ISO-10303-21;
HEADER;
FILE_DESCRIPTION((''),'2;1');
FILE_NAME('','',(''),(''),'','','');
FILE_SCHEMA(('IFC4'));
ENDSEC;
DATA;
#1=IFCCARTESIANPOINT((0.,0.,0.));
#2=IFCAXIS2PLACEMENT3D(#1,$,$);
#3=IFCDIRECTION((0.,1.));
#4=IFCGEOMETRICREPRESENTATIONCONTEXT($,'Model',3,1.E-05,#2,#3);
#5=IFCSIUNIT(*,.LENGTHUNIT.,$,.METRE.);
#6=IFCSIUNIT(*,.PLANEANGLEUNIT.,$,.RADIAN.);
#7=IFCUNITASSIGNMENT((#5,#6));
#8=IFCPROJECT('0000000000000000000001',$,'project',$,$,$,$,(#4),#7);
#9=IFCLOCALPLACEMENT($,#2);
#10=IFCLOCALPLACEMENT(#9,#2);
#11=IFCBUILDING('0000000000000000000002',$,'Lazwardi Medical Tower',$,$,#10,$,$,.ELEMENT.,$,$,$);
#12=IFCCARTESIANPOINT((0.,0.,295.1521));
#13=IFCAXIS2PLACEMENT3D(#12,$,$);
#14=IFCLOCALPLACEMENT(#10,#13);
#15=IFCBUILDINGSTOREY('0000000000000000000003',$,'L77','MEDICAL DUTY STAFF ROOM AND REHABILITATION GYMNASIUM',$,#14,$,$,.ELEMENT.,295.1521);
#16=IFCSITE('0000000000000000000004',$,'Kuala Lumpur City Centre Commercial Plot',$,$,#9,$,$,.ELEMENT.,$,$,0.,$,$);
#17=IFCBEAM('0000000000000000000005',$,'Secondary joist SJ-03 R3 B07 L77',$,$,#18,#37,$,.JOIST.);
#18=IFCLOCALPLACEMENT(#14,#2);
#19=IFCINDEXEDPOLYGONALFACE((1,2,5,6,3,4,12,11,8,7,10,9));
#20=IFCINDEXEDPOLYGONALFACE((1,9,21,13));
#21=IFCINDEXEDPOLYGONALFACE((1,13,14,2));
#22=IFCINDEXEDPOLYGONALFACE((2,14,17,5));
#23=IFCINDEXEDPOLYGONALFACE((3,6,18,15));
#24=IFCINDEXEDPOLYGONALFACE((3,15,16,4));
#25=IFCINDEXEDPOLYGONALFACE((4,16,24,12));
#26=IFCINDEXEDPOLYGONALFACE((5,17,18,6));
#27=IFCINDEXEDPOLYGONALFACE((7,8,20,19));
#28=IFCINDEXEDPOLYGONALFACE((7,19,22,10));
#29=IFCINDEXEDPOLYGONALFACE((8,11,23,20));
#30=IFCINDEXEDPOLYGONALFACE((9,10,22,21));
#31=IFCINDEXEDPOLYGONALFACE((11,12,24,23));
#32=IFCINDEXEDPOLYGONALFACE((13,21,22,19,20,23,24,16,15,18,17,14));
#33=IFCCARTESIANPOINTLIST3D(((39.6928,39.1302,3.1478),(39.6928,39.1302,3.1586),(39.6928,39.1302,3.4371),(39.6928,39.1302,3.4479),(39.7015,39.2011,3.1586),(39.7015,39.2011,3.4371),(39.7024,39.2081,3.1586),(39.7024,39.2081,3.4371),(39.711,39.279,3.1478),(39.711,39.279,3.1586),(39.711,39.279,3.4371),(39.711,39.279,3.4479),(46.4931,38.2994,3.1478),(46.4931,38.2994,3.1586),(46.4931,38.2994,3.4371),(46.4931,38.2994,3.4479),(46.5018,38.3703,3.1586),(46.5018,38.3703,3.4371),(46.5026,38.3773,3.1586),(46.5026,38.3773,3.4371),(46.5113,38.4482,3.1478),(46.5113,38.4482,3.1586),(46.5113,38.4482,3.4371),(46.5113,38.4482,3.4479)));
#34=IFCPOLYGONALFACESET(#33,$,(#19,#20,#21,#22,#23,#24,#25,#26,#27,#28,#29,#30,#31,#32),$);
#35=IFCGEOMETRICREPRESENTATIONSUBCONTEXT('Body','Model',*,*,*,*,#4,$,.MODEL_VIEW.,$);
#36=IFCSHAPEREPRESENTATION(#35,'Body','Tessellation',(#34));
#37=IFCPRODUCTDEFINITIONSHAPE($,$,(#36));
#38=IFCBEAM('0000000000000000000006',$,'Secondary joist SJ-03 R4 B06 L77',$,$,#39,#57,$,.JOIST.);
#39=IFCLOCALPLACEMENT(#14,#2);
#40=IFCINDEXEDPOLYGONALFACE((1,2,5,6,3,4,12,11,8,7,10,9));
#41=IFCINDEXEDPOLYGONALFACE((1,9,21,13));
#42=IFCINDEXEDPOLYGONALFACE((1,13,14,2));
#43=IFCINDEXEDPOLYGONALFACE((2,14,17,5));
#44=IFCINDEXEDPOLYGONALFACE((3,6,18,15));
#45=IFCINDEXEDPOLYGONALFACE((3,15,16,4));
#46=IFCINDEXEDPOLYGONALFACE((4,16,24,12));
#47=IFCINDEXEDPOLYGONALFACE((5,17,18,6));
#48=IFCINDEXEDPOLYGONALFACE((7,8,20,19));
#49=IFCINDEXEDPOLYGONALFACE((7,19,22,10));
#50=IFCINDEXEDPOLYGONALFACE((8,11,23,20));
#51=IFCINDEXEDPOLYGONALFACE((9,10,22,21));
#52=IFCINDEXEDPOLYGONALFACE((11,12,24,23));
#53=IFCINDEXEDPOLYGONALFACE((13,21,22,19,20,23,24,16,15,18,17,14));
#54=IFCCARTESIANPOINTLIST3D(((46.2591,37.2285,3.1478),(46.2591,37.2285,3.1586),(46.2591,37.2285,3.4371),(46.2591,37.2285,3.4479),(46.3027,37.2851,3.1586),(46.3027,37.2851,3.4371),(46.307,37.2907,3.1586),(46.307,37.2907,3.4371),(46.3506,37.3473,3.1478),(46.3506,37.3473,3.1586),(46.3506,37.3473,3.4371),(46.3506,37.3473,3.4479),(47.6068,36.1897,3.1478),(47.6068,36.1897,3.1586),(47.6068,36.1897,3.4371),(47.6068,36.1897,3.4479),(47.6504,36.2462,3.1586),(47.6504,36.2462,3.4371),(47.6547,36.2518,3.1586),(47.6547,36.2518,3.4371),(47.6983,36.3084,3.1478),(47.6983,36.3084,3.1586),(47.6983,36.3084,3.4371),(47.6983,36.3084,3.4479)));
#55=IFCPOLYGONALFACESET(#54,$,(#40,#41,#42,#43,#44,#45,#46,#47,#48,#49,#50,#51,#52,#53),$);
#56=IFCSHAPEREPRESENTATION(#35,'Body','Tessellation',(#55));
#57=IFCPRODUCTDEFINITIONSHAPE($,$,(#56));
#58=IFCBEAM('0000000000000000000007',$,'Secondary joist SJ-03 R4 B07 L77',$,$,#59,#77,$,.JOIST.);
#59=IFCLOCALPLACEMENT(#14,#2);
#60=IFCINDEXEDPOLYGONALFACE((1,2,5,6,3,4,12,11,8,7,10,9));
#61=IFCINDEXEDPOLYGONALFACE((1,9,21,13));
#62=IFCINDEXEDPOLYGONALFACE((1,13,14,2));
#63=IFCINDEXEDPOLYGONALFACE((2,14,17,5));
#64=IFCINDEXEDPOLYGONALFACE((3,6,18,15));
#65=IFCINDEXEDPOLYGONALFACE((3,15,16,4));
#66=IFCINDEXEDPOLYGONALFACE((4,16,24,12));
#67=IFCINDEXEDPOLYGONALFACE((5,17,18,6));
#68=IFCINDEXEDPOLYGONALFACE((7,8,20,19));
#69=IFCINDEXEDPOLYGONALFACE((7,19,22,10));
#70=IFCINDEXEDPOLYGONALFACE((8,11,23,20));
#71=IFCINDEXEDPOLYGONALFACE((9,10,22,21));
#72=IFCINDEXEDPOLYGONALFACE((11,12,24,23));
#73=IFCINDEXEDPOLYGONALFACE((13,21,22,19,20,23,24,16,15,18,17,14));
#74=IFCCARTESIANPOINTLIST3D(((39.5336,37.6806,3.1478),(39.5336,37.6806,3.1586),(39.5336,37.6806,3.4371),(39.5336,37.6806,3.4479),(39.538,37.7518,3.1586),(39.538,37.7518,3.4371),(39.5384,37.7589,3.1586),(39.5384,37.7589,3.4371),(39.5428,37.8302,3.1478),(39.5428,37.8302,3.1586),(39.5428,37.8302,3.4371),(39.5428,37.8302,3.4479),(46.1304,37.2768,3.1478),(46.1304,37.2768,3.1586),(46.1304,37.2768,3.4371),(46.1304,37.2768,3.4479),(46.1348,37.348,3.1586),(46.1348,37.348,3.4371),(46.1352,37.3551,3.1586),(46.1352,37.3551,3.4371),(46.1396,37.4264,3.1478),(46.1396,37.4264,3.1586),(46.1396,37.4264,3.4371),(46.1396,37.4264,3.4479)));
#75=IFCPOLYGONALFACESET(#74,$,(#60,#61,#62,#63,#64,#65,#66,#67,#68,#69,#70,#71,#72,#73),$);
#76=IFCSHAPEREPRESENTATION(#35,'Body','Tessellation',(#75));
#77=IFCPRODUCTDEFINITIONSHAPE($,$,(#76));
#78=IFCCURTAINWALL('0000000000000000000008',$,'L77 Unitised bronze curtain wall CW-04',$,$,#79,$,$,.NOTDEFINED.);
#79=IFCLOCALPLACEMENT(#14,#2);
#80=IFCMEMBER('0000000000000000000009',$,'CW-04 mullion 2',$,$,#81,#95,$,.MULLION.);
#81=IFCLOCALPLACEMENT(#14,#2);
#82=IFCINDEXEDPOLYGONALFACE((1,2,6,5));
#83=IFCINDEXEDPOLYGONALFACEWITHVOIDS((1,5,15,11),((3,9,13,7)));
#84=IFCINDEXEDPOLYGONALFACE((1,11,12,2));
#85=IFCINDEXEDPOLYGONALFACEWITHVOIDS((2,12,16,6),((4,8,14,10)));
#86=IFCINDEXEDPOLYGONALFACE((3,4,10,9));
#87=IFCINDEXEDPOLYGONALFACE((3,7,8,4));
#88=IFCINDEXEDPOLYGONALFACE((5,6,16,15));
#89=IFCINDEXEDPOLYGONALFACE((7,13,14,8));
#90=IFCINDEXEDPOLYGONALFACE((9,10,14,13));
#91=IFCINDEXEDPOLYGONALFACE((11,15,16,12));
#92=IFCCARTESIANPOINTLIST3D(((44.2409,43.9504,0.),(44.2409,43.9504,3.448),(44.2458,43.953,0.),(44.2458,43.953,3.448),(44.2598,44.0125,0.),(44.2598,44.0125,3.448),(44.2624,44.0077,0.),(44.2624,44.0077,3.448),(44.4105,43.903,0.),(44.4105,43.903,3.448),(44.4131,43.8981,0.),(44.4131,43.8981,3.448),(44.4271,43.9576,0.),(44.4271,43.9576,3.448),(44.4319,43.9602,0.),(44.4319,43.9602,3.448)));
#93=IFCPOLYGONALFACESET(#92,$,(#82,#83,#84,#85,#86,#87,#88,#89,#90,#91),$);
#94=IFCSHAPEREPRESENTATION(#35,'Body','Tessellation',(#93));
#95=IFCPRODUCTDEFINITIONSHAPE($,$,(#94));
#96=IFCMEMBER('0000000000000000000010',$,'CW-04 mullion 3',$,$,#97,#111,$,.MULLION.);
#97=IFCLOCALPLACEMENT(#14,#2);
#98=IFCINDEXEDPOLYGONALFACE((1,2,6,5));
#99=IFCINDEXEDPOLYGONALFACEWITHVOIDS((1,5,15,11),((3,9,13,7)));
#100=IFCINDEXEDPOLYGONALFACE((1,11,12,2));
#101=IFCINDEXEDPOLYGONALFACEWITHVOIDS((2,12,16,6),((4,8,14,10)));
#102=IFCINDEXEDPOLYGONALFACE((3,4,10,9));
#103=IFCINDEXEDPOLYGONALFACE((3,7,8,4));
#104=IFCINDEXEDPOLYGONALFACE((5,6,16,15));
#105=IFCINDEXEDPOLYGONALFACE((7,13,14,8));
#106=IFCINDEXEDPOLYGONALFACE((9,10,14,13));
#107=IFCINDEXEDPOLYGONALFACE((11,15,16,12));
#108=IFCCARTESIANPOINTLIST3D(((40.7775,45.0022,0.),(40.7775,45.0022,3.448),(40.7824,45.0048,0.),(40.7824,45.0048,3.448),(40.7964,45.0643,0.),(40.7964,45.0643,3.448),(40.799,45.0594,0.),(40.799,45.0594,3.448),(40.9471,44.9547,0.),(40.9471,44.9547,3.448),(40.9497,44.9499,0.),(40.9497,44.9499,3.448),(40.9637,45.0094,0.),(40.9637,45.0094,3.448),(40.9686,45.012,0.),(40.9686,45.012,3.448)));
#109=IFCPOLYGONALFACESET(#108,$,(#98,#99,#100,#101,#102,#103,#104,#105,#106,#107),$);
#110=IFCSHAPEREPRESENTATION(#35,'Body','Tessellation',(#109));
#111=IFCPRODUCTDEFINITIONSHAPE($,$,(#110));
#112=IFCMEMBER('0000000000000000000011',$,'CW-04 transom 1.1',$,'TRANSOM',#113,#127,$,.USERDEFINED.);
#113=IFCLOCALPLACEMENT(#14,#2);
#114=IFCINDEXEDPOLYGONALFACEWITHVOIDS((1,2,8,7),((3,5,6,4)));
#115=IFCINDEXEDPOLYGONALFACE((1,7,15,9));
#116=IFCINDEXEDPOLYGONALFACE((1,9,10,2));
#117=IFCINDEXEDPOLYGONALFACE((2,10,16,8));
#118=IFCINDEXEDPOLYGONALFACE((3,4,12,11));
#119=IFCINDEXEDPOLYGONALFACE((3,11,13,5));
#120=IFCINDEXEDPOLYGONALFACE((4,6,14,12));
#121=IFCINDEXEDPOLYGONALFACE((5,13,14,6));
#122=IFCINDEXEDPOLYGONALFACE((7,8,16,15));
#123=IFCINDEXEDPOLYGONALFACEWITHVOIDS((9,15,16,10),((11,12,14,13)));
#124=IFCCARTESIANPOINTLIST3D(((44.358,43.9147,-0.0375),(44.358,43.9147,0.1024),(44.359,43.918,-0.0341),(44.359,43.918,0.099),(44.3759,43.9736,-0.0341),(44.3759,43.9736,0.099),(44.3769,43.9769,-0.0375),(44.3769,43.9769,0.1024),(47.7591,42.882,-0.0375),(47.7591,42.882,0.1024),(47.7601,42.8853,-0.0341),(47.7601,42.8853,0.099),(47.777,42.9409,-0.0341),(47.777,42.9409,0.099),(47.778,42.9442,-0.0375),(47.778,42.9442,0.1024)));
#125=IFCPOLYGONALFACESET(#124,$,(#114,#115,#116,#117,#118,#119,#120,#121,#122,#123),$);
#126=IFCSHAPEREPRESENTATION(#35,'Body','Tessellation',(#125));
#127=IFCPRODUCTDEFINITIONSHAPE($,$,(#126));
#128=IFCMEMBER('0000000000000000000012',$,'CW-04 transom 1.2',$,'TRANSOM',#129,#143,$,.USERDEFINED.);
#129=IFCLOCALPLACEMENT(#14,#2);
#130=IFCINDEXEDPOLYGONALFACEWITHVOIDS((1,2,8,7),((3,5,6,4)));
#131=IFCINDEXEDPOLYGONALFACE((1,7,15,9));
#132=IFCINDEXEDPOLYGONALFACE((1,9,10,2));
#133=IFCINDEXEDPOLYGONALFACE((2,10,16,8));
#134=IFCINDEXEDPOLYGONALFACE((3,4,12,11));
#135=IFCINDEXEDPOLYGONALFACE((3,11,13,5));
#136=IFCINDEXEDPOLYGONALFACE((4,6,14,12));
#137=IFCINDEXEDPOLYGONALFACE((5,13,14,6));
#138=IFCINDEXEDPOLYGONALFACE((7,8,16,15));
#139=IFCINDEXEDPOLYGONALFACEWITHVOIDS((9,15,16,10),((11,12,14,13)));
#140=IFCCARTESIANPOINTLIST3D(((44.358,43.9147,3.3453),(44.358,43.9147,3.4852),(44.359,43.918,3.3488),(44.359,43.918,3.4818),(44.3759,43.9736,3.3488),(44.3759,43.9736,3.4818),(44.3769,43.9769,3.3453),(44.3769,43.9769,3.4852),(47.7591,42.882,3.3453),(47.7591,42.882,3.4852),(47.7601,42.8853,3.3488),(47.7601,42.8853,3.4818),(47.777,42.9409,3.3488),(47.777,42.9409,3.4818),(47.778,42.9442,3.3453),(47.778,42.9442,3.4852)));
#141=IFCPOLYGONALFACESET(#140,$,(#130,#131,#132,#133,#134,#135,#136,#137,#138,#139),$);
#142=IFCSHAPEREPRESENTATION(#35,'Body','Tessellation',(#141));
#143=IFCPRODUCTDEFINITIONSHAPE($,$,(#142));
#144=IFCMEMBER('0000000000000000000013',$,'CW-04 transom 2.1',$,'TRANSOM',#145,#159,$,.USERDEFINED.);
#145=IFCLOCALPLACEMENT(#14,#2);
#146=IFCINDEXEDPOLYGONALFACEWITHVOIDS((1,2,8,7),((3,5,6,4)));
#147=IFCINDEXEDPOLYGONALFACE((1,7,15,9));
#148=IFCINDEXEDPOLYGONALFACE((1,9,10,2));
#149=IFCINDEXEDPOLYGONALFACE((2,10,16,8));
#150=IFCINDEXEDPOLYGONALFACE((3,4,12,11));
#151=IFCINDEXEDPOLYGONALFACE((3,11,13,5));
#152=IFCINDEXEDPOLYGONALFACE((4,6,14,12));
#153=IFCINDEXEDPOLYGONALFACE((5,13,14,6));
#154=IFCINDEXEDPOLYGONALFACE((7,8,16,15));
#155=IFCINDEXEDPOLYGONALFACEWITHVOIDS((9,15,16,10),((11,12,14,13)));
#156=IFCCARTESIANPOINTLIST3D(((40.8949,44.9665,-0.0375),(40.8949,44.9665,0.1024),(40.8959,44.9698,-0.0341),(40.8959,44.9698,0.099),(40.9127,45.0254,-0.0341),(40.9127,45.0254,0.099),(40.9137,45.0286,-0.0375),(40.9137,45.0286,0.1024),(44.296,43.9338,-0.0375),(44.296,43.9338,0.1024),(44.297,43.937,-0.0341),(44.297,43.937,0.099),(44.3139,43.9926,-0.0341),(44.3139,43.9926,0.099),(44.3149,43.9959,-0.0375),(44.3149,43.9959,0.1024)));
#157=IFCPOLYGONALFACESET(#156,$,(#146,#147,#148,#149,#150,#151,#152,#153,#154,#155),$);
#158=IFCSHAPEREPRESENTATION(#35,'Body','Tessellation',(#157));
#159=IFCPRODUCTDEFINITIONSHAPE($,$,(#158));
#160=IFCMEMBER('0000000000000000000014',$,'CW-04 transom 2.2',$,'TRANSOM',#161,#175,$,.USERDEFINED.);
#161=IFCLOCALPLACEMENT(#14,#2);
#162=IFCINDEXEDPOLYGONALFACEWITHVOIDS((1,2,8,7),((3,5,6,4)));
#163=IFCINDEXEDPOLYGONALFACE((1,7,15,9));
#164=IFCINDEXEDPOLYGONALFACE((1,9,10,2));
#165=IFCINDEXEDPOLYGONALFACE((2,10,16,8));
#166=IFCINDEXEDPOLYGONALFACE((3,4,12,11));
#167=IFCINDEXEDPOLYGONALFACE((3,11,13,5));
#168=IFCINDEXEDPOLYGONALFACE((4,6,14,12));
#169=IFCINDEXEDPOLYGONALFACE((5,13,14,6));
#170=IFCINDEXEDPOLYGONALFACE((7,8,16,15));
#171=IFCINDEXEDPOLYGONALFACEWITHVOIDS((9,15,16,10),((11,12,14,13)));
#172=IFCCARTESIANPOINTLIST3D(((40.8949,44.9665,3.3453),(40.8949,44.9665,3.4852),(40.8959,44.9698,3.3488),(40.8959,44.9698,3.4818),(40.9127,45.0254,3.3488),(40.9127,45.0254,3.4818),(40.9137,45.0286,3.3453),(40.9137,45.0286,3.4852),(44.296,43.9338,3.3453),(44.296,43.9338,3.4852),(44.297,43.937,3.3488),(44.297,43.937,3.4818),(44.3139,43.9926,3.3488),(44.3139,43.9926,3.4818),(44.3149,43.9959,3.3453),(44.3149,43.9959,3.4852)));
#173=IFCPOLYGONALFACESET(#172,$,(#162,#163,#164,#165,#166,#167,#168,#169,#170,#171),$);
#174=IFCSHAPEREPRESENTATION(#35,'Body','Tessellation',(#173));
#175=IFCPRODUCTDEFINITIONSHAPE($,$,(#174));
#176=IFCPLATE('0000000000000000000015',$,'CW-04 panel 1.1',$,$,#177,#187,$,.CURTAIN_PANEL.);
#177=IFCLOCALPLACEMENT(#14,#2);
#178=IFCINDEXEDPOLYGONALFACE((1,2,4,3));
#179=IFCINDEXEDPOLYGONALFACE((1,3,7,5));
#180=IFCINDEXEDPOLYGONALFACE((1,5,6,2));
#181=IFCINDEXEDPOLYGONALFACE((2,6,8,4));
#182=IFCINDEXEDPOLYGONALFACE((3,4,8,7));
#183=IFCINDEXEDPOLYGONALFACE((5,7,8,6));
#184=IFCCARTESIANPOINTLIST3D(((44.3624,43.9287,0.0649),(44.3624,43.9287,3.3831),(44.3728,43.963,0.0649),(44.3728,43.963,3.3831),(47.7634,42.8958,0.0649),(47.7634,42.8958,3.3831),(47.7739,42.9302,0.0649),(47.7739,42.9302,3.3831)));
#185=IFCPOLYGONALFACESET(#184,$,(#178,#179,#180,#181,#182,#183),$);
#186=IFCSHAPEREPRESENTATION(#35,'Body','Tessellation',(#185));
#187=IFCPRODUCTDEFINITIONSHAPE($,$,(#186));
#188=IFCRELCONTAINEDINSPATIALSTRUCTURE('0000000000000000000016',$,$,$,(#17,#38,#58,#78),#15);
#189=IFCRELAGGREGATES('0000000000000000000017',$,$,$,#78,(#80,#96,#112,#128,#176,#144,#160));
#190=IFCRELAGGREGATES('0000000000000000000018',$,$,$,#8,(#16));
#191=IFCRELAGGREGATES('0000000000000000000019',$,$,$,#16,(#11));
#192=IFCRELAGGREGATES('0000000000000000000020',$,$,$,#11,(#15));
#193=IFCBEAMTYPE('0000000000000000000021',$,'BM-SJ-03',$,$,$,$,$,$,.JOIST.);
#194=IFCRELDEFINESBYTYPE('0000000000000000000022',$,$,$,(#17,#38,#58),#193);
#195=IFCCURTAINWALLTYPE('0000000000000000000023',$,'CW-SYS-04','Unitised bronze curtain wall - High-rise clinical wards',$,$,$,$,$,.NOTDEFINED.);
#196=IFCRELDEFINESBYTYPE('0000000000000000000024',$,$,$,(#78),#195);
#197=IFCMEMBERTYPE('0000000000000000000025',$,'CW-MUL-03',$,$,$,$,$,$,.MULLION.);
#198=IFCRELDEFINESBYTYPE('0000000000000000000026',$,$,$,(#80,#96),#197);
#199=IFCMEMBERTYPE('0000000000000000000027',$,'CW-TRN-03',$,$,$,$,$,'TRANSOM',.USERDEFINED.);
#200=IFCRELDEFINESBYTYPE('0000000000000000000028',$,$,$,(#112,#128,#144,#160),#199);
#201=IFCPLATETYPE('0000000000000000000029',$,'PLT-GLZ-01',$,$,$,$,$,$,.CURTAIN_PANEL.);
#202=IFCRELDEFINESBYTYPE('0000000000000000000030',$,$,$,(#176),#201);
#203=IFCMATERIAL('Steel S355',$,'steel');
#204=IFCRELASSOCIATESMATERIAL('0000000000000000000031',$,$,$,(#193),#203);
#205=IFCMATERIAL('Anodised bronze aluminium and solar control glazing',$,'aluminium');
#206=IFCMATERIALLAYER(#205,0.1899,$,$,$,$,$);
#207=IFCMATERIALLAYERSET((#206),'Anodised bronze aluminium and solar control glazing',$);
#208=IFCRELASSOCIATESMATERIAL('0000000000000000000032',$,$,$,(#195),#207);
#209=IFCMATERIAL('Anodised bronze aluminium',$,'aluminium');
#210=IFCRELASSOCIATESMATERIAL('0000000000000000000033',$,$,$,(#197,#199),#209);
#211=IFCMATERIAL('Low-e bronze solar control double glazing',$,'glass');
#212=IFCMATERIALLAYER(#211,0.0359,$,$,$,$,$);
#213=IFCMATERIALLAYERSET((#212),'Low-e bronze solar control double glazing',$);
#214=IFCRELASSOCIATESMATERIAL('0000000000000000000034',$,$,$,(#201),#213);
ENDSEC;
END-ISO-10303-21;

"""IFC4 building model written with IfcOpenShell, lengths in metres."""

from ifc_helpers import new_model, si_unit, direction, frame, origin, origin_2d, place, context, subcontext, project, spatial, rectangle, hollow_rectangle, i_section, extrude, material, layer, layer_set, material_profile, profile_set, type_object, element, aggregate, save


model = new_model("IFC4")

# Units and contexts
model_context = context("Model", 3, precision=1e-05, world=origin(), true_north=direction((0.0, 1.0)))
body_context = subcontext(model_context, "Body", "Model", "MODEL_VIEW")
ifc_project = project(units=[si_unit("LENGTHUNIT", "METRE"), si_unit("PLANEANGLEUNIT", "RADIAN")], contexts=[model_context])

# Site, building, storey
site_placement = place(None, origin())
site = spatial("IfcSite", under=ifc_project, at=site_placement, Name="Kuala Lumpur City Centre Commercial Plot", CompositionType="ELEMENT", RefElevation=0.0)
building_placement = place(site_placement, origin())
building = spatial("IfcBuilding", under=site, at=building_placement, Name="Lazwardi Medical Tower", CompositionType="ELEMENT")
storey_placement = place(building_placement, frame((0.0, 0.0, 295.1521)))
storey = spatial("IfcBuildingStorey", under=building, at=storey_placement, Name="L77", Description="MEDICAL DUTY STAFF ROOM AND REHABILITATION GYMNASIUM", CompositionType="ELEMENT", Elevation=295.1521)

# Beams
ifc_material_1 = material(Name="Steel S355", Category="steel")
ifc_material_profile_1 = material_profile(ifc_material_1, i_section(OverallWidth=0.1499, OverallDepth=0.3, WebThickness=0.0071, FlangeThickness=0.0107, at=origin_2d()), Name="IPE 300")
ifc_profile_set_1 = profile_set([ifc_material_profile_1], Name="Steel S355")
beam_type_1 = type_object("IfcBeamType", Name="BM-SJ-03", PredefinedType="JOIST", material=ifc_profile_set_1)
beam_1_placement = place(storey_placement, frame((46.5022, 38.3738, 3.2979), z_axis=(-0.992619, 0.121271, 0.0), x_axis=(-0.121271, -0.992619, 0.0)))
element("IfcBeam", 1, at=beam_1_placement, inside=storey, type_object=beam_type_1, Name="Secondary joist SJ-03 R3 B07 L77", PredefinedType="JOIST", context=body_context, shape_type="SweptSolid", body=[
    extrude(i_section(OverallWidth=0.1499, OverallDepth=0.3, WebThickness=0.0071, FlangeThickness=0.0107, at=origin_2d()), origin(), (0.0, 0.0, 1.0), 6.8508),
])
beam_2_placement = place(storey_placement, frame((47.6526, 36.249, 3.2979), z_axis=(-0.79201, 0.610508, 0.0), x_axis=(-0.610508, -0.79201, 0.0)))
element("IfcBeam", 2, at=beam_2_placement, inside=storey, type_object=beam_type_1, Name="Secondary joist SJ-03 R4 B06 L77", PredefinedType="JOIST", context=body_context, shape_type="SweptSolid", body=[
    extrude(i_section(OverallWidth=0.1499, OverallDepth=0.3, WebThickness=0.0071, FlangeThickness=0.0107, at=origin_2d()), origin(), (0.0, 0.0, 1.0), 1.7017),
])
beam_3_placement = place(storey_placement, frame((46.135, 37.3516, 3.2979), z_axis=(-0.998132, 0.0611, 0.0), x_axis=(-0.0611, -0.998132, 0.0)))
element("IfcBeam", 3, at=beam_3_placement, inside=storey, type_object=beam_type_1, Name="Secondary joist SJ-03 R4 B07 L77", PredefinedType="JOIST", context=body_context, shape_type="SweptSolid", body=[
    extrude(i_section(OverallWidth=0.1499, OverallDepth=0.3, WebThickness=0.0071, FlangeThickness=0.0107, at=origin_2d()), origin(), (0.0, 0.0, 1.0), 6.6091),
])

# Curtain wall, members, plate
ifc_material_2 = material(Name="Anodised bronze aluminium and solar control glazing", Category="aluminium")
ifc_layer_1 = layer(ifc_material_2, 0.1899)
ifc_layer_set_1 = layer_set([ifc_layer_1], Name="Anodised bronze aluminium and solar control glazing")
curtain_wall_type = type_object("IfcCurtainWallType", Name="CW-SYS-04", Description="Unitised bronze curtain wall - High-rise clinical wards", PredefinedType="NOTDEFINED", material=ifc_layer_set_1)
curtain_wall_placement = place(storey_placement, origin())
curtain_wall = element("IfcCurtainWall", 4, at=curtain_wall_placement, inside=storey, type_object=curtain_wall_type, Name="L77 Unitised bronze curtain wall CW-04", PredefinedType="NOTDEFINED")
ifc_material_3 = material(Name="Anodised bronze aluminium", Category="aluminium")
ifc_material_profile_2 = material_profile(ifc_material_3, hollow_rectangle(XDim=0.0649, YDim=0.1799, WallThickness=0.0039, at=origin_2d()), Name="ALU-MULLION 180x65x4")
ifc_profile_set_2 = profile_set([ifc_material_profile_2], Name="Anodised bronze aluminium")
member_type_1 = type_object("IfcMemberType", Name="CW-MUL-03", PredefinedType="MULLION", material=ifc_profile_set_2)
member_1_placement = place(storey_placement, frame((44.3364, 43.9553, 0.0), z_axis=(0.0, 0.0, 1.0), x_axis=(-0.290582, -0.95685, 0.0)))
member_1 = element("IfcMember", 5, at=member_1_placement, type_object=member_type_1, Name="CW-04 mullion 2", PredefinedType="MULLION", context=body_context, shape_type="SweptSolid", body=[
    extrude(hollow_rectangle(XDim=0.0649, YDim=0.1799, WallThickness=0.0039, at=origin_2d()), origin(), (0.0, 0.0, 1.0), 3.448),
])
member_2_placement = place(storey_placement, frame((40.873, 45.0071, 0.0), z_axis=(0.0, 0.0, 1.0), x_axis=(-0.290582, -0.95685, 0.0)))
member_2 = element("IfcMember", 6, at=member_2_placement, type_object=member_type_1, Name="CW-04 mullion 3", PredefinedType="MULLION", context=body_context, shape_type="SweptSolid", body=[
    extrude(hollow_rectangle(XDim=0.0649, YDim=0.1799, WallThickness=0.0039, at=origin_2d()), origin(), (0.0, 0.0, 1.0), 3.448),
])
ifc_material_profile_3 = material_profile(ifc_material_3, hollow_rectangle(XDim=0.0649, YDim=0.1399, WallThickness=0.0034, at=origin_2d()), Name="ALU-TRANSOM 140x65x3.5")
ifc_profile_set_3 = profile_set([ifc_material_profile_3], Name="Anodised bronze aluminium")
member_type_2 = type_object("IfcMemberType", Name="CW-TRN-03", ElementType="TRANSOM", PredefinedType="USERDEFINED", material=ifc_profile_set_3)
member_3_placement = place(storey_placement, frame((47.7686, 42.9131, 0.0325), z_axis=(-0.956863, 0.290541, 0.0), x_axis=(-0.290541, -0.956863, 0.0)))
member_3 = element("IfcMember", 7, at=member_3_placement, type_object=member_type_2, Name="CW-04 transom 1.1", ObjectType="TRANSOM", PredefinedType="USERDEFINED", context=body_context, shape_type="SweptSolid", body=[
    extrude(hollow_rectangle(XDim=0.0649, YDim=0.1399, WallThickness=0.0034, at=origin_2d()), origin(), (0.0, 0.0, 1.0), 3.5544),
])
member_4_placement = place(storey_placement, frame((47.7686, 42.9131, 3.4153), z_axis=(-0.956863, 0.290541, 0.0), x_axis=(-0.290541, -0.956863, 0.0)))
member_4 = element("IfcMember", 8, at=member_4_placement, type_object=member_type_2, Name="CW-04 transom 1.2", ObjectType="TRANSOM", PredefinedType="USERDEFINED", context=body_context, shape_type="SweptSolid", body=[
    extrude(hollow_rectangle(XDim=0.0649, YDim=0.1399, WallThickness=0.0034, at=origin_2d()), origin(), (0.0, 0.0, 1.0), 3.5544),
])
member_5_placement = place(storey_placement, frame((44.3054, 43.9648, 0.0325), z_axis=(-0.956863, 0.290541, 0.0), x_axis=(-0.290541, -0.956863, 0.0)))
member_5 = element("IfcMember", 9, at=member_5_placement, type_object=member_type_2, Name="CW-04 transom 2.1", ObjectType="TRANSOM", PredefinedType="USERDEFINED", context=body_context, shape_type="SweptSolid", body=[
    extrude(hollow_rectangle(XDim=0.0649, YDim=0.1399, WallThickness=0.0034, at=origin_2d()), origin(), (0.0, 0.0, 1.0), 3.5544),
])
member_6_placement = place(storey_placement, frame((44.3054, 43.9648, 3.4153), z_axis=(-0.956863, 0.290541, 0.0), x_axis=(-0.290541, -0.956863, 0.0)))
member_6 = element("IfcMember", 10, at=member_6_placement, type_object=member_type_2, Name="CW-04 transom 2.2", ObjectType="TRANSOM", PredefinedType="USERDEFINED", context=body_context, shape_type="SweptSolid", body=[
    extrude(hollow_rectangle(XDim=0.0649, YDim=0.1399, WallThickness=0.0034, at=origin_2d()), origin(), (0.0, 0.0, 1.0), 3.5544),
])
ifc_material_4 = material(Name="Low-e bronze solar control double glazing", Category="glass")
ifc_layer_2 = layer(ifc_material_4, 0.0359)
ifc_layer_set_2 = layer_set([ifc_layer_2], Name="Low-e bronze solar control double glazing")
plate_type = type_object("IfcPlateType", Name="PLT-GLZ-01", PredefinedType="CURTAIN_PANEL", material=ifc_layer_set_2)
plate_1_placement = place(storey_placement, frame((46.0681, 43.4294, 0.0649), z_axis=(0.0, 0.0, 1.0), x_axis=(-0.95685, 0.290582, 0.0)))
plate_1 = element("IfcPlate", 11, at=plate_1_placement, type_object=plate_type, Name="CW-04 panel 1.1", PredefinedType="CURTAIN_PANEL", context=body_context, shape_type="SweptSolid", body=[
    extrude(rectangle(XDim=3.5544, YDim=0.0359, at=origin_2d()), origin(), (0.0, 0.0, 1.0), 3.3181),
])
aggregate(curtain_wall, [member_1, member_2, member_3, member_4, plate_1, member_5, member_6])

save(model, "model.ifc")
